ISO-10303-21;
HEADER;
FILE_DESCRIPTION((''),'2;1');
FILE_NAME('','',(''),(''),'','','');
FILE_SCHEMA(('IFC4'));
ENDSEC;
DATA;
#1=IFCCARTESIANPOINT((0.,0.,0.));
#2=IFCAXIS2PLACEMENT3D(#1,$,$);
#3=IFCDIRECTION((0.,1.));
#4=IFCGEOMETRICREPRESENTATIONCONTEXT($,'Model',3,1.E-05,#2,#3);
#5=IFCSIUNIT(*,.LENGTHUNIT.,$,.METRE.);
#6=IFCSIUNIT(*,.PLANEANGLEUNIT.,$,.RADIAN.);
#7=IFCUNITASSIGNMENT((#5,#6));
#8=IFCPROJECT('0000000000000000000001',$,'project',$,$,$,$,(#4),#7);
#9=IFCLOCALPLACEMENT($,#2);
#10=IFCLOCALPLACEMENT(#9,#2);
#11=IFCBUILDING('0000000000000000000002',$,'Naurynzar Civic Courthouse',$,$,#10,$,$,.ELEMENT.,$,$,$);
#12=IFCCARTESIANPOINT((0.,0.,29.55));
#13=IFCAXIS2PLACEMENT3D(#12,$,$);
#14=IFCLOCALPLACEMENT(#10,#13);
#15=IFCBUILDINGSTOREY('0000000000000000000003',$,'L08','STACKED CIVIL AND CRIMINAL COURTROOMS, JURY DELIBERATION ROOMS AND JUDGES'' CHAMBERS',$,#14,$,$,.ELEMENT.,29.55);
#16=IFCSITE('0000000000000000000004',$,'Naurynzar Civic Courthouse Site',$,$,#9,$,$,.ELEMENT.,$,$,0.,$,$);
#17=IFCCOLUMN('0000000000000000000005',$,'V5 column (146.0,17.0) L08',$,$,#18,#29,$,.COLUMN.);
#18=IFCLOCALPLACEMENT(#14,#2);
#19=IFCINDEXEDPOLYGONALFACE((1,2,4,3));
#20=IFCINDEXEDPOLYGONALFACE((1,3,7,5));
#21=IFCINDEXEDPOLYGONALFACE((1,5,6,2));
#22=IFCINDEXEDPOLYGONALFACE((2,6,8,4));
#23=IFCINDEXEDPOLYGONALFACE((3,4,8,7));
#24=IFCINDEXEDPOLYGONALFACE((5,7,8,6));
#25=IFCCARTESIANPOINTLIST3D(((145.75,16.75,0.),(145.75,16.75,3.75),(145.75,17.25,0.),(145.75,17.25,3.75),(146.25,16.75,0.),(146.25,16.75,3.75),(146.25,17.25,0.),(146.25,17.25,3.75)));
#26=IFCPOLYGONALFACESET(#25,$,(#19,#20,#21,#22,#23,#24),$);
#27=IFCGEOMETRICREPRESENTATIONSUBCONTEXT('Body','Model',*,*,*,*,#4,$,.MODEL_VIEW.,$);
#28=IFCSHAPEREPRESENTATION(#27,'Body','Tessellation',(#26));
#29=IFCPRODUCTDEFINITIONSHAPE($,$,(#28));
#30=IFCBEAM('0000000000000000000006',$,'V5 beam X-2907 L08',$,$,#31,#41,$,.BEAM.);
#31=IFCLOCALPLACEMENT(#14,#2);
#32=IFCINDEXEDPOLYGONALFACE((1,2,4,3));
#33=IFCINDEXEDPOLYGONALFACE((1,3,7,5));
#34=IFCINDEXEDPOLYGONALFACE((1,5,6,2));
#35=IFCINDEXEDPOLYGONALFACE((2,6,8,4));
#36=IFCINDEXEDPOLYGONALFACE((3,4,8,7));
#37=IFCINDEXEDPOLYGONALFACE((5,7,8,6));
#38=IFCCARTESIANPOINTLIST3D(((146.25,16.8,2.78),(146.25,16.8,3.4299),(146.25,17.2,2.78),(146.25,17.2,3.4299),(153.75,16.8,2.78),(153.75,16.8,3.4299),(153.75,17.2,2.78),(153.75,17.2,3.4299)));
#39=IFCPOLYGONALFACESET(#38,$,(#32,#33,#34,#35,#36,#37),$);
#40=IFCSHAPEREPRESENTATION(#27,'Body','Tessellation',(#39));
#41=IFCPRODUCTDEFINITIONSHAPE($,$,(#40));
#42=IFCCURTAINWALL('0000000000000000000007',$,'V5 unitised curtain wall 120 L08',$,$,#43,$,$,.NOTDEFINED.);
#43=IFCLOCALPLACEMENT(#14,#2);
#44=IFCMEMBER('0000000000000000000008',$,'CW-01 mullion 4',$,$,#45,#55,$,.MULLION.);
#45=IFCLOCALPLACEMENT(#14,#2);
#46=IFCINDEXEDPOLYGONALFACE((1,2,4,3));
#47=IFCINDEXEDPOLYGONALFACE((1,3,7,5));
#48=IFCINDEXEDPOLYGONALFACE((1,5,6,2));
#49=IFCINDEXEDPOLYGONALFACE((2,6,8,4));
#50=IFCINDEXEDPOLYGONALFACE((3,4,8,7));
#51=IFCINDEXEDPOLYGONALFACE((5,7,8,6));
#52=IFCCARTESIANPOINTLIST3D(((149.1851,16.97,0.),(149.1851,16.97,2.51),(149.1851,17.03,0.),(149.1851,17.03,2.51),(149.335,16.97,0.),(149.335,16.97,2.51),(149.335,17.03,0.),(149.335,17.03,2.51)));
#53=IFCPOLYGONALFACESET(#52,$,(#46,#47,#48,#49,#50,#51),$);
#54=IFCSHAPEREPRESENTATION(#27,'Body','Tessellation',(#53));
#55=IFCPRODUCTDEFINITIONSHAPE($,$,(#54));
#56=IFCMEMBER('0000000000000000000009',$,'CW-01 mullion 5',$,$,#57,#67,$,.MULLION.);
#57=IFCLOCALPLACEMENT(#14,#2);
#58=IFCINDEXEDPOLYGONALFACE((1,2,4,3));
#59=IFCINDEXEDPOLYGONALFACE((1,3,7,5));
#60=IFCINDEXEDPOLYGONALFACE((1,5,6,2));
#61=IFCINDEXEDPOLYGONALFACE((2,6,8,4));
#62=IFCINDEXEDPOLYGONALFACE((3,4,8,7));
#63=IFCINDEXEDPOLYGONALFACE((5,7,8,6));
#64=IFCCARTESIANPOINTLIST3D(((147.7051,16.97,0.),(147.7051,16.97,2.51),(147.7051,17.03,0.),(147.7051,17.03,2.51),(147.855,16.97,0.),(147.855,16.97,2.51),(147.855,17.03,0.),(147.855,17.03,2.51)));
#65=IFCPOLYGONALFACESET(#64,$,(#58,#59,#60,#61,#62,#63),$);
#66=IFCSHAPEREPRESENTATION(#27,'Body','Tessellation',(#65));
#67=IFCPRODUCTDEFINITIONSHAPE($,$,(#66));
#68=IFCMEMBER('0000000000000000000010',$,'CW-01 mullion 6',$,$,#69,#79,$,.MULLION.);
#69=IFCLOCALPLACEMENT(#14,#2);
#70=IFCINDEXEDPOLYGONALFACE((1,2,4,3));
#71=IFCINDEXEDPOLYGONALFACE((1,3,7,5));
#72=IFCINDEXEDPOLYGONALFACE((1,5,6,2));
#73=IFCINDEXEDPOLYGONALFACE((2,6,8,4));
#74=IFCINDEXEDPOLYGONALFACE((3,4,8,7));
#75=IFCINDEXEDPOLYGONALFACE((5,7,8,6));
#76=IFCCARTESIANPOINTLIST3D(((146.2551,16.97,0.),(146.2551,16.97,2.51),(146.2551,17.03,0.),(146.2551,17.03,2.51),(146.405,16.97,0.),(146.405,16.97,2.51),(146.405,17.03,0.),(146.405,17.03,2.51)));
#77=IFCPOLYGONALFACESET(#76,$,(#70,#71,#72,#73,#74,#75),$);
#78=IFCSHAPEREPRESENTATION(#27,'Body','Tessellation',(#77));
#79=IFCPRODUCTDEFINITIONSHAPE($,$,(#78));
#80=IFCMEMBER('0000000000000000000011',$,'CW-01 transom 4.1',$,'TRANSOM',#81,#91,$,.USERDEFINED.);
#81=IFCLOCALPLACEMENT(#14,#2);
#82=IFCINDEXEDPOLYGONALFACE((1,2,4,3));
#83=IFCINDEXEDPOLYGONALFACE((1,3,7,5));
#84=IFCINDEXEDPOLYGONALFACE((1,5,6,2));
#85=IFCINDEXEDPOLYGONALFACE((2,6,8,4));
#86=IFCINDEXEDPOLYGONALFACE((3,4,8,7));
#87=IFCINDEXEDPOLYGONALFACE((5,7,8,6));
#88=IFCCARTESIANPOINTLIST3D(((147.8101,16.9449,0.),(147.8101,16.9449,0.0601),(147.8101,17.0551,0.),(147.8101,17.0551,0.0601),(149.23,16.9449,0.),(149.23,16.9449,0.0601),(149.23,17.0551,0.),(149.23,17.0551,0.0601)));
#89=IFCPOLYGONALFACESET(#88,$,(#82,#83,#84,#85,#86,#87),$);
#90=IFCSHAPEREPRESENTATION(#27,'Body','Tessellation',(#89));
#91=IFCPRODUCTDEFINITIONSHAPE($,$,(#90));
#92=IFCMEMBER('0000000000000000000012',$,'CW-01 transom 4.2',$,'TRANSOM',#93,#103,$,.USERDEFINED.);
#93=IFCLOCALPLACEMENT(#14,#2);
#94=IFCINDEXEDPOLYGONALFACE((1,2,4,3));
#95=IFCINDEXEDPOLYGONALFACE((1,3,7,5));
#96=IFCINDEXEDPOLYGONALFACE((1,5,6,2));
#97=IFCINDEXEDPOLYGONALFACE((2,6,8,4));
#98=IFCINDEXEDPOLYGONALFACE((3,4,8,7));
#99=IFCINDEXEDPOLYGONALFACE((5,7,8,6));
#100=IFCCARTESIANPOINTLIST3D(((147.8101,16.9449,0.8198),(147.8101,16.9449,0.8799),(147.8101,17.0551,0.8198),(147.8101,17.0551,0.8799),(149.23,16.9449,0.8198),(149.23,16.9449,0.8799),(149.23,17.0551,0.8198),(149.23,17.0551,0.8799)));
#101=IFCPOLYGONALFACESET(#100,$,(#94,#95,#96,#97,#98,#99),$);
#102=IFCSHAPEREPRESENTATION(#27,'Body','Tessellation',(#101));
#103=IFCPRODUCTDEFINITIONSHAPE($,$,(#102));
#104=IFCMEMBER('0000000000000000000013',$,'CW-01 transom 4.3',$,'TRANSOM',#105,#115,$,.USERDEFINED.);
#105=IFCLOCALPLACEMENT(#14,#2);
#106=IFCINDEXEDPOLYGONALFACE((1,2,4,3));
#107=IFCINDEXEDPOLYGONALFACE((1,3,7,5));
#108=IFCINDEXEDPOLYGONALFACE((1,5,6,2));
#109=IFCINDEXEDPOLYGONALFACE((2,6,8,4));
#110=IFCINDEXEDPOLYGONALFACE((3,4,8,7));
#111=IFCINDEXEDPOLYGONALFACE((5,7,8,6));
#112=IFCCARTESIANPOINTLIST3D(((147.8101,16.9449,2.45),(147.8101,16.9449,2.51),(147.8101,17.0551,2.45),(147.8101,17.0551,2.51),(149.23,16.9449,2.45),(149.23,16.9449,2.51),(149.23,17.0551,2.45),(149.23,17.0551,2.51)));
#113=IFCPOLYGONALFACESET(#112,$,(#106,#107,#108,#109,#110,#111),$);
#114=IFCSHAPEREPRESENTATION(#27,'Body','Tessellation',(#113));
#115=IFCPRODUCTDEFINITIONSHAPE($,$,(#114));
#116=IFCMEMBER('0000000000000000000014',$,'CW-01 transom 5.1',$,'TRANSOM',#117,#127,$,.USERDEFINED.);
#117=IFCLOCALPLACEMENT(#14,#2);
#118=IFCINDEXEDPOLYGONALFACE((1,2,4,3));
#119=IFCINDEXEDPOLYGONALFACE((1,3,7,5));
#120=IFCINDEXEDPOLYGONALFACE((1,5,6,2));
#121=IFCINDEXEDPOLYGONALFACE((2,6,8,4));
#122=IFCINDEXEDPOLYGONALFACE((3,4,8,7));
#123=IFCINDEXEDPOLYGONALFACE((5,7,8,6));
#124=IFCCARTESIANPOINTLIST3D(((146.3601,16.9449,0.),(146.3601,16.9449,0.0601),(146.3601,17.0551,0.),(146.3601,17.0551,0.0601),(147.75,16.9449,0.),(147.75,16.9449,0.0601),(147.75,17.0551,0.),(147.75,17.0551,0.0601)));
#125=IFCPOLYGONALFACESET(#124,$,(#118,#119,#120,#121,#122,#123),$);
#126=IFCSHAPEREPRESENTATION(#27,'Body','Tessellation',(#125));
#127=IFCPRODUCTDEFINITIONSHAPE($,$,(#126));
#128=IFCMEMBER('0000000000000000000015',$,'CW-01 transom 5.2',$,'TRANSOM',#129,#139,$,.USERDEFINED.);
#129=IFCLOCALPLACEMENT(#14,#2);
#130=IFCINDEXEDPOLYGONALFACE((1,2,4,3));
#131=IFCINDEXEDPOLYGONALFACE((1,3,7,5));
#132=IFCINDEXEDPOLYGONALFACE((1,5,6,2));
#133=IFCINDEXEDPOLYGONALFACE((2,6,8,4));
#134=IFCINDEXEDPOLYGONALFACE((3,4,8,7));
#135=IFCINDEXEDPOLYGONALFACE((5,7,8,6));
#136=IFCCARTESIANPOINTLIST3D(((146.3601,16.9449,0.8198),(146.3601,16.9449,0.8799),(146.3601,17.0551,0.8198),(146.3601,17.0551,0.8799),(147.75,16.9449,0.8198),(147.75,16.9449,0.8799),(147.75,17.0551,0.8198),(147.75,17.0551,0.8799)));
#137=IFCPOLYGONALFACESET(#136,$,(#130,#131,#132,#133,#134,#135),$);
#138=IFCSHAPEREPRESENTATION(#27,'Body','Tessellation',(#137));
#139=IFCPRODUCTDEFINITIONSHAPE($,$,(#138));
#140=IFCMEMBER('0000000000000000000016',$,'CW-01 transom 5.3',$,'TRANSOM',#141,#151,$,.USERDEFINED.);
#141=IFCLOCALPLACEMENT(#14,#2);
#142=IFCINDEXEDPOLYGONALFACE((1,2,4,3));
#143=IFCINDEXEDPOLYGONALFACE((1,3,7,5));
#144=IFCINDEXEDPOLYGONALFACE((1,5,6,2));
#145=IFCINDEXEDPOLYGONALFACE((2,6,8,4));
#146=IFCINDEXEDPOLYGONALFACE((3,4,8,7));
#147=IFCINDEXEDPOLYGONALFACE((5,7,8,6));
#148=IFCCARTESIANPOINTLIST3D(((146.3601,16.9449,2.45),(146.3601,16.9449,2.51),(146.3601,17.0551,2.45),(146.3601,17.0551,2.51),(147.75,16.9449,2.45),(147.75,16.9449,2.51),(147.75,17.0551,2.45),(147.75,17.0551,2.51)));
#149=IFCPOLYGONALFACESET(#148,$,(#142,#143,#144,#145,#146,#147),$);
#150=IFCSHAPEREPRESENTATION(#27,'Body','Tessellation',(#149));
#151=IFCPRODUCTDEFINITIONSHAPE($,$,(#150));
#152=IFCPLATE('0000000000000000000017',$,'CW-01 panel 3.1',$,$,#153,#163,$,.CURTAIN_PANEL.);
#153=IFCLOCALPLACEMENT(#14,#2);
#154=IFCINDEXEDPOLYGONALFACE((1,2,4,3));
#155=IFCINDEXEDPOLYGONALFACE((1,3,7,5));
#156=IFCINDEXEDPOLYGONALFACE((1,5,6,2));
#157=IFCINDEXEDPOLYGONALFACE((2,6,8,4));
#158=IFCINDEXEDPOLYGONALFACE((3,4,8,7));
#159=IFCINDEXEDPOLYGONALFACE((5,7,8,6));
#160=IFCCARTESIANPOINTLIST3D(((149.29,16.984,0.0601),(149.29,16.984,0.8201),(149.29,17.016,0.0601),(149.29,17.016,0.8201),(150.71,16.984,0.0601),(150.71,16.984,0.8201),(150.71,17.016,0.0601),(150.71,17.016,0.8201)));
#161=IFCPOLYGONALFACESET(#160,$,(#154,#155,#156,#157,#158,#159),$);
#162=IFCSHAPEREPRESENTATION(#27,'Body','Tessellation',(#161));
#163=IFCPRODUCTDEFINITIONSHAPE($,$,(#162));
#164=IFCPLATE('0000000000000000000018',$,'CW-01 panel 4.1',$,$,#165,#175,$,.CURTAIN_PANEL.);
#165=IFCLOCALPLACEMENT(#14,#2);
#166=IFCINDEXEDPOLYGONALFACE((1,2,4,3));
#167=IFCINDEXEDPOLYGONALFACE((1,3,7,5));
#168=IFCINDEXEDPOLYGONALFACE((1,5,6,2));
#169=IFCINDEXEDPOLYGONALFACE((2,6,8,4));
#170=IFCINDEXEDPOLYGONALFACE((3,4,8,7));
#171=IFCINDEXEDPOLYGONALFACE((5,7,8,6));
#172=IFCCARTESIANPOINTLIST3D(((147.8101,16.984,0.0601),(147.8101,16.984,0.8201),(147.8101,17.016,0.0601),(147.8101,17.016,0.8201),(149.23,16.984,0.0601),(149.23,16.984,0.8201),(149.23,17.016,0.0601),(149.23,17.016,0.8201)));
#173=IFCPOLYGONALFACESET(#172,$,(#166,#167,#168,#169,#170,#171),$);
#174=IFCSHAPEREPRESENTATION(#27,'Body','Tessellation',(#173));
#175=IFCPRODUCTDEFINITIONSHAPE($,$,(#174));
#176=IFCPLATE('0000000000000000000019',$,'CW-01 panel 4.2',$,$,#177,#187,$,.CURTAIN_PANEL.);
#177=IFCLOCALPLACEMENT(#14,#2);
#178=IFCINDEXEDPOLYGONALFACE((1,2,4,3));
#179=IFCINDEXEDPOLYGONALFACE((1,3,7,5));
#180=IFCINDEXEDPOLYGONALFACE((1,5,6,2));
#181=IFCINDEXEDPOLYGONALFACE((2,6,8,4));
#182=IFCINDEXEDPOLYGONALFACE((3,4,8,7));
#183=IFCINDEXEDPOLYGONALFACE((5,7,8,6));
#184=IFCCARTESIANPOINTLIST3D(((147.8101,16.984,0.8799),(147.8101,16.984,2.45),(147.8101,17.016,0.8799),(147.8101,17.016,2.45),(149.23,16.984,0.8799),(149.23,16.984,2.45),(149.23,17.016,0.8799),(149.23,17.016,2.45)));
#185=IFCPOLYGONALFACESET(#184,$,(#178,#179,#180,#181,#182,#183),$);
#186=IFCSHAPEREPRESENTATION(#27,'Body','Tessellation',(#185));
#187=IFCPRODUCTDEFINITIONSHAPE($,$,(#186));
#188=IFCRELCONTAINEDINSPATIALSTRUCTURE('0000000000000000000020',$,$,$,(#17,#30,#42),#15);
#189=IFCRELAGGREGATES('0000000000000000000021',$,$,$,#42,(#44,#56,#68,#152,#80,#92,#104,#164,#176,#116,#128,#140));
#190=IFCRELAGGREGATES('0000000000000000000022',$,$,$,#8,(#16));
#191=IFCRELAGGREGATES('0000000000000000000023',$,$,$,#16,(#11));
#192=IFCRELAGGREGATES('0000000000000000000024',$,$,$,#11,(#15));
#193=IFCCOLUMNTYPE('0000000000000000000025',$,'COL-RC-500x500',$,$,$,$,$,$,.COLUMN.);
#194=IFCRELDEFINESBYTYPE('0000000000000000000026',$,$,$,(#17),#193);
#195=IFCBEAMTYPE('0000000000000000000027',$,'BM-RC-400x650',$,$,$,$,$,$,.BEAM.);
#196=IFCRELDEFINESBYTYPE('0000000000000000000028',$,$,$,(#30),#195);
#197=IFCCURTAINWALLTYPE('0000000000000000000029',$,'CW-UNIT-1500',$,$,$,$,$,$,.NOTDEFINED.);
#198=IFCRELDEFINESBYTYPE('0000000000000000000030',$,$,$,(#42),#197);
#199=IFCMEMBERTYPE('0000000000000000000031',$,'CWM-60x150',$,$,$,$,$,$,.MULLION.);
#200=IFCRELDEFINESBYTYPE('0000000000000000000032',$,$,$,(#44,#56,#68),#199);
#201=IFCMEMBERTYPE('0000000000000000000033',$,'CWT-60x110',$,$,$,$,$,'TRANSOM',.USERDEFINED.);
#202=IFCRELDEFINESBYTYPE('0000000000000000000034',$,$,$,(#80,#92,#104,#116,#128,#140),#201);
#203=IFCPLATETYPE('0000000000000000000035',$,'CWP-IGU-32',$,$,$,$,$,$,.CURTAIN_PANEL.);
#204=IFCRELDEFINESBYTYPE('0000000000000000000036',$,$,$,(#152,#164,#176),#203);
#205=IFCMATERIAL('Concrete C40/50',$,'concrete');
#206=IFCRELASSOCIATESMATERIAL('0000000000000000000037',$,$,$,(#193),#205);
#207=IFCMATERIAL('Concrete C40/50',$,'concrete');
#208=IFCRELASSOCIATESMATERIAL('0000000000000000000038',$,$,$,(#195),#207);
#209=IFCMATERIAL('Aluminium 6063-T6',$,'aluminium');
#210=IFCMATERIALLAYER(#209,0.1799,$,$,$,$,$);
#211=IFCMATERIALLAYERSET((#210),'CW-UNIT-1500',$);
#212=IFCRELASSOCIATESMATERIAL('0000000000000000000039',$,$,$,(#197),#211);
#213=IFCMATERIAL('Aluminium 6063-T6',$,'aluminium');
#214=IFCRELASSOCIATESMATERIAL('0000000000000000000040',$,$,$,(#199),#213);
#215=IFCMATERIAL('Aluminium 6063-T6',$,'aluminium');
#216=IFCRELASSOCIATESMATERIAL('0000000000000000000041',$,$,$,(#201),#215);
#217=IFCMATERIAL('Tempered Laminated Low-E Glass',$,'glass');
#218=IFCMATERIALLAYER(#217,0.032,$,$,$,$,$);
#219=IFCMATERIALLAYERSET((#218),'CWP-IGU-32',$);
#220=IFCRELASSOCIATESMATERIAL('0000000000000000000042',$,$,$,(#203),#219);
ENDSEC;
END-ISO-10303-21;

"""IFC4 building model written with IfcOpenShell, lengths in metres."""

from ifc_helpers import new_model, si_unit, direction, frame, origin, origin_2d, place, context, subcontext, project, spatial, rectangle, extrude, material, layer, layer_set, material_profile, profile_set, type_object, element, aggregate, save


model = new_model("IFC4")

# Units and contexts
model_context = context("Model", 3, precision=1e-05, world=origin(), true_north=direction((0.0, 1.0)))
body_context = subcontext(model_context, "Body", "Model", "MODEL_VIEW")
ifc_project = project(units=[si_unit("LENGTHUNIT", "METRE"), si_unit("PLANEANGLEUNIT", "RADIAN")], contexts=[model_context])

# Site, building, storey
site_placement = place(None, origin())
site = spatial("IfcSite", under=ifc_project, at=site_placement, Name="Naurynzar Civic Courthouse Site", CompositionType="ELEMENT", RefElevation=0.0)
building_placement = place(site_placement, origin())
building = spatial("IfcBuilding", under=site, at=building_placement, Name="Naurynzar Civic Courthouse", CompositionType="ELEMENT")
storey_placement = place(building_placement, frame((0.0, 0.0, 29.55)))
storey = spatial("IfcBuildingStorey", under=building, at=storey_placement, Name="L08", Description="STACKED CIVIL AND CRIMINAL COURTROOMS, JURY DELIBERATION ROOMS AND JUDGES' CHAMBERS", CompositionType="ELEMENT", Elevation=29.55)

# Column
ifc_material_1 = material(Name="Concrete C40/50", Category="concrete")
ifc_material_profile_1 = material_profile(ifc_material_1, rectangle(XDim=0.5, YDim=0.5, at=origin_2d()), Name="RC 500x500")
ifc_profile_set_1 = profile_set([ifc_material_profile_1], Name="Concrete C40/50")
column_type = type_object("IfcColumnType", Name="COL-RC-500x500", PredefinedType="COLUMN", material=ifc_profile_set_1)
column_placement = place(storey_placement, frame((146.0, 17.0, 0.0), z_axis=(0.0, 0.0, 1.0), x_axis=(1.0, 0.0, 0.0)))
element("IfcColumn", 1, at=column_placement, inside=storey, type_object=column_type, Name="V5 column (146.0,17.0) L08", PredefinedType="COLUMN", context=body_context, shape_type="SweptSolid", body=[
    extrude(rectangle(XDim=0.5, YDim=0.5, at=origin_2d()), origin(), (0.0, 0.0, 1.0), 3.75),
])

# Beam
ifc_material_2 = material(Name="Concrete C40/50", Category="concrete")
ifc_material_profile_2 = material_profile(ifc_material_2, rectangle(XDim=0.3999, YDim=0.6499, at=origin_2d()), Name="RCB 400x650")
ifc_profile_set_2 = profile_set([ifc_material_profile_2], Name="Concrete C40/50")
beam_type = type_object("IfcBeamType", Name="BM-RC-400x650", PredefinedType="BEAM", material=ifc_profile_set_2)
beam_placement = place(storey_placement, frame((146.25, 17.0, 3.105), z_axis=(1.0, 0.0, 0.0), x_axis=(0.0, 1.0, 0.0)))
element("IfcBeam", 2, at=beam_placement, inside=storey, type_object=beam_type, Name="V5 beam X-2907 L08", PredefinedType="BEAM", context=body_context, shape_type="SweptSolid", body=[
    extrude(rectangle(XDim=0.3999, YDim=0.6499, at=origin_2d()), origin(), (0.0, 0.0, 1.0), 7.5),
])

# Curtain wall, members, plates
ifc_material_3 = material(Name="Aluminium 6063-T6", Category="aluminium")
ifc_layer_1 = layer(ifc_material_3, 0.1799)
ifc_layer_set_1 = layer_set([ifc_layer_1], Name="CW-UNIT-1500")
curtain_wall_type = type_object("IfcCurtainWallType", Name="CW-UNIT-1500", PredefinedType="NOTDEFINED", material=ifc_layer_set_1)
curtain_wall_placement = place(storey_placement, origin())
curtain_wall = element("IfcCurtainWall", 3, at=curtain_wall_placement, inside=storey, type_object=curtain_wall_type, Name="V5 unitised curtain wall 120 L08", PredefinedType="NOTDEFINED")
ifc_material_4 = material(Name="Aluminium 6063-T6", Category="aluminium")
ifc_material_profile_3 = material_profile(ifc_material_4, rectangle(XDim=0.0601, YDim=0.1499, at=origin_2d()), Name="ALU MULLION 60x150")
ifc_profile_set_3 = profile_set([ifc_material_profile_3], Name="Aluminium 6063-T6")
member_type_1 = type_object("IfcMemberType", Name="CWM-60x150", PredefinedType="MULLION", material=ifc_profile_set_3)
member_1_placement = place(storey_placement, frame((149.26, 17.0, 0.0), z_axis=(0.0, 0.0, 1.0), x_axis=(0.0, -1.0, 0.0)))
member_1 = element("IfcMember", 4, at=member_1_placement, type_object=member_type_1, Name="CW-01 mullion 4", PredefinedType="MULLION", context=body_context, shape_type="SweptSolid", body=[
    extrude(rectangle(XDim=0.0601, YDim=0.1499, at=origin_2d()), origin(), (0.0, 0.0, 1.0), 2.51),
])
member_2_placement = place(storey_placement, frame((147.78, 17.0, 0.0), z_axis=(0.0, 0.0, 1.0), x_axis=(0.0, -1.0, 0.0)))
member_2 = element("IfcMember", 5, at=member_2_placement, type_object=member_type_1, Name="CW-01 mullion 5", PredefinedType="MULLION", context=body_context, shape_type="SweptSolid", body=[
    extrude(rectangle(XDim=0.0601, YDim=0.1499, at=origin_2d()), origin(), (0.0, 0.0, 1.0), 2.51),
])
member_3_placement = place(storey_placement, frame((146.3301, 17.0, 0.0), z_axis=(0.0, 0.0, 1.0), x_axis=(0.0, -1.0, 0.0)))
member_3 = element("IfcMember", 6, at=member_3_placement, type_object=member_type_1, Name="CW-01 mullion 6", PredefinedType="MULLION", context=body_context, shape_type="SweptSolid", body=[
    extrude(rectangle(XDim=0.0601, YDim=0.1499, at=origin_2d()), origin(), (0.0, 0.0, 1.0), 2.51),
])
ifc_material_5 = material(Name="Aluminium 6063-T6", Category="aluminium")
ifc_material_profile_4 = material_profile(ifc_material_5, rectangle(XDim=0.1101, YDim=0.0601, at=origin_2d()), Name="ALU TRANSOM 60x110")
ifc_profile_set_4 = profile_set([ifc_material_profile_4], Name="Aluminium 6063-T6")
member_type_2 = type_object("IfcMemberType", Name="CWT-60x110", ElementType="TRANSOM", PredefinedType="USERDEFINED", material=ifc_profile_set_4)
member_4_placement = place(storey_placement, frame((149.23, 17.0, 0.03), z_axis=(-1.0, 0.0, 0.0), x_axis=(0.0, -1.0, 0.0)))
member_4 = element("IfcMember", 7, at=member_4_placement, type_object=member_type_2, Name="CW-01 transom 4.1", ObjectType="TRANSOM", PredefinedType="USERDEFINED", context=body_context, shape_type="SweptSolid", body=[
    extrude(rectangle(XDim=0.1101, YDim=0.0601, at=origin_2d()), origin(), (0.0, 0.0, 1.0), 1.4199),
])
member_5_placement = place(storey_placement, frame((149.23, 17.0, 0.8499), z_axis=(-1.0, 0.0, 0.0), x_axis=(0.0, -1.0, 0.0)))
member_5 = element("IfcMember", 8, at=member_5_placement, type_object=member_type_2, Name="CW-01 transom 4.2", ObjectType="TRANSOM", PredefinedType="USERDEFINED", context=body_context, shape_type="SweptSolid", body=[
    extrude(rectangle(XDim=0.1101, YDim=0.0601, at=origin_2d()), origin(), (0.0, 0.0, 1.0), 1.4199),
])
member_6_placement = place(storey_placement, frame((149.23, 17.0, 2.48), z_axis=(-1.0, 0.0, 0.0), x_axis=(0.0, -1.0, 0.0)))
member_6 = element("IfcMember", 9, at=member_6_placement, type_object=member_type_2, Name="CW-01 transom 4.3", ObjectType="TRANSOM", PredefinedType="USERDEFINED", context=body_context, shape_type="SweptSolid", body=[
    extrude(rectangle(XDim=0.1101, YDim=0.0601, at=origin_2d()), origin(), (0.0, 0.0, 1.0), 1.4199),
])
member_7_placement = place(storey_placement, frame((147.75, 17.0, 0.03), z_axis=(-1.0, 0.0, 0.0), x_axis=(0.0, -1.0, 0.0)))
member_7 = element("IfcMember", 10, at=member_7_placement, type_object=member_type_2, Name="CW-01 transom 5.1", ObjectType="TRANSOM", PredefinedType="USERDEFINED", context=body_context, shape_type="SweptSolid", body=[
    extrude(rectangle(XDim=0.1101, YDim=0.0601, at=origin_2d()), origin(), (0.0, 0.0, 1.0), 1.3899),
])
member_8_placement = place(storey_placement, frame((147.75, 17.0, 0.8499), z_axis=(-1.0, 0.0, 0.0), x_axis=(0.0, -1.0, 0.0)))
member_8 = element("IfcMember", 11, at=member_8_placement, type_object=member_type_2, Name="CW-01 transom 5.2", ObjectType="TRANSOM", PredefinedType="USERDEFINED", context=body_context, shape_type="SweptSolid", body=[
    extrude(rectangle(XDim=0.1101, YDim=0.0601, at=origin_2d()), origin(), (0.0, 0.0, 1.0), 1.3899),
])
member_9_placement = place(storey_placement, frame((147.75, 17.0, 2.48), z_axis=(-1.0, 0.0, 0.0), x_axis=(0.0, -1.0, 0.0)))
member_9 = element("IfcMember", 12, at=member_9_placement, type_object=member_type_2, Name="CW-01 transom 5.3", ObjectType="TRANSOM", PredefinedType="USERDEFINED", context=body_context, shape_type="SweptSolid", body=[
    extrude(rectangle(XDim=0.1101, YDim=0.0601, at=origin_2d()), origin(), (0.0, 0.0, 1.0), 1.3899),
])
ifc_material_6 = material(Name="Tempered Laminated Low-E Glass", Category="glass")
ifc_layer_2 = layer(ifc_material_6, 0.032)
ifc_layer_set_2 = layer_set([ifc_layer_2], Name="CWP-IGU-32")
plate_type = type_object("IfcPlateType", Name="CWP-IGU-32", PredefinedType="CURTAIN_PANEL", material=ifc_layer_set_2)
plate_1_placement = place(storey_placement, frame((150.0, 17.0, 0.0601), z_axis=(0.0, 0.0, 1.0), x_axis=(-1.0, 0.0, 0.0)))
plate_1 = element("IfcPlate", 13, at=plate_1_placement, type_object=plate_type, Name="CW-01 panel 3.1", PredefinedType="CURTAIN_PANEL", context=body_context, shape_type="SweptSolid", body=[
    extrude(rectangle(XDim=1.4199, YDim=0.032, at=origin_2d()), origin(), (0.0, 0.0, 1.0), 0.76),
])
plate_2_placement = place(storey_placement, frame((148.52, 17.0, 0.0601), z_axis=(0.0, 0.0, 1.0), x_axis=(-1.0, 0.0, 0.0)))
plate_2 = element("IfcPlate", 14, at=plate_2_placement, type_object=plate_type, Name="CW-01 panel 4.1", PredefinedType="CURTAIN_PANEL", context=body_context, shape_type="SweptSolid", body=[
    extrude(rectangle(XDim=1.4199, YDim=0.032, at=origin_2d()), origin(), (0.0, 0.0, 1.0), 0.76),
])
plate_3_placement = place(storey_placement, frame((148.52, 17.0, 0.8799), z_axis=(0.0, 0.0, 1.0), x_axis=(-1.0, 0.0, 0.0)))
plate_3 = element("IfcPlate", 15, at=plate_3_placement, type_object=plate_type, Name="CW-01 panel 4.2", PredefinedType="CURTAIN_PANEL", context=body_context, shape_type="SweptSolid", body=[
    extrude(rectangle(XDim=1.4199, YDim=0.032, at=origin_2d()), origin(), (0.0, 0.0, 1.0), 1.5701),
])
aggregate(curtain_wall, [member_1, member_2, member_3, plate_1, member_4, member_5, member_6, plate_2, plate_3, member_7, member_8, member_9])

save(model, "model.ifc")
